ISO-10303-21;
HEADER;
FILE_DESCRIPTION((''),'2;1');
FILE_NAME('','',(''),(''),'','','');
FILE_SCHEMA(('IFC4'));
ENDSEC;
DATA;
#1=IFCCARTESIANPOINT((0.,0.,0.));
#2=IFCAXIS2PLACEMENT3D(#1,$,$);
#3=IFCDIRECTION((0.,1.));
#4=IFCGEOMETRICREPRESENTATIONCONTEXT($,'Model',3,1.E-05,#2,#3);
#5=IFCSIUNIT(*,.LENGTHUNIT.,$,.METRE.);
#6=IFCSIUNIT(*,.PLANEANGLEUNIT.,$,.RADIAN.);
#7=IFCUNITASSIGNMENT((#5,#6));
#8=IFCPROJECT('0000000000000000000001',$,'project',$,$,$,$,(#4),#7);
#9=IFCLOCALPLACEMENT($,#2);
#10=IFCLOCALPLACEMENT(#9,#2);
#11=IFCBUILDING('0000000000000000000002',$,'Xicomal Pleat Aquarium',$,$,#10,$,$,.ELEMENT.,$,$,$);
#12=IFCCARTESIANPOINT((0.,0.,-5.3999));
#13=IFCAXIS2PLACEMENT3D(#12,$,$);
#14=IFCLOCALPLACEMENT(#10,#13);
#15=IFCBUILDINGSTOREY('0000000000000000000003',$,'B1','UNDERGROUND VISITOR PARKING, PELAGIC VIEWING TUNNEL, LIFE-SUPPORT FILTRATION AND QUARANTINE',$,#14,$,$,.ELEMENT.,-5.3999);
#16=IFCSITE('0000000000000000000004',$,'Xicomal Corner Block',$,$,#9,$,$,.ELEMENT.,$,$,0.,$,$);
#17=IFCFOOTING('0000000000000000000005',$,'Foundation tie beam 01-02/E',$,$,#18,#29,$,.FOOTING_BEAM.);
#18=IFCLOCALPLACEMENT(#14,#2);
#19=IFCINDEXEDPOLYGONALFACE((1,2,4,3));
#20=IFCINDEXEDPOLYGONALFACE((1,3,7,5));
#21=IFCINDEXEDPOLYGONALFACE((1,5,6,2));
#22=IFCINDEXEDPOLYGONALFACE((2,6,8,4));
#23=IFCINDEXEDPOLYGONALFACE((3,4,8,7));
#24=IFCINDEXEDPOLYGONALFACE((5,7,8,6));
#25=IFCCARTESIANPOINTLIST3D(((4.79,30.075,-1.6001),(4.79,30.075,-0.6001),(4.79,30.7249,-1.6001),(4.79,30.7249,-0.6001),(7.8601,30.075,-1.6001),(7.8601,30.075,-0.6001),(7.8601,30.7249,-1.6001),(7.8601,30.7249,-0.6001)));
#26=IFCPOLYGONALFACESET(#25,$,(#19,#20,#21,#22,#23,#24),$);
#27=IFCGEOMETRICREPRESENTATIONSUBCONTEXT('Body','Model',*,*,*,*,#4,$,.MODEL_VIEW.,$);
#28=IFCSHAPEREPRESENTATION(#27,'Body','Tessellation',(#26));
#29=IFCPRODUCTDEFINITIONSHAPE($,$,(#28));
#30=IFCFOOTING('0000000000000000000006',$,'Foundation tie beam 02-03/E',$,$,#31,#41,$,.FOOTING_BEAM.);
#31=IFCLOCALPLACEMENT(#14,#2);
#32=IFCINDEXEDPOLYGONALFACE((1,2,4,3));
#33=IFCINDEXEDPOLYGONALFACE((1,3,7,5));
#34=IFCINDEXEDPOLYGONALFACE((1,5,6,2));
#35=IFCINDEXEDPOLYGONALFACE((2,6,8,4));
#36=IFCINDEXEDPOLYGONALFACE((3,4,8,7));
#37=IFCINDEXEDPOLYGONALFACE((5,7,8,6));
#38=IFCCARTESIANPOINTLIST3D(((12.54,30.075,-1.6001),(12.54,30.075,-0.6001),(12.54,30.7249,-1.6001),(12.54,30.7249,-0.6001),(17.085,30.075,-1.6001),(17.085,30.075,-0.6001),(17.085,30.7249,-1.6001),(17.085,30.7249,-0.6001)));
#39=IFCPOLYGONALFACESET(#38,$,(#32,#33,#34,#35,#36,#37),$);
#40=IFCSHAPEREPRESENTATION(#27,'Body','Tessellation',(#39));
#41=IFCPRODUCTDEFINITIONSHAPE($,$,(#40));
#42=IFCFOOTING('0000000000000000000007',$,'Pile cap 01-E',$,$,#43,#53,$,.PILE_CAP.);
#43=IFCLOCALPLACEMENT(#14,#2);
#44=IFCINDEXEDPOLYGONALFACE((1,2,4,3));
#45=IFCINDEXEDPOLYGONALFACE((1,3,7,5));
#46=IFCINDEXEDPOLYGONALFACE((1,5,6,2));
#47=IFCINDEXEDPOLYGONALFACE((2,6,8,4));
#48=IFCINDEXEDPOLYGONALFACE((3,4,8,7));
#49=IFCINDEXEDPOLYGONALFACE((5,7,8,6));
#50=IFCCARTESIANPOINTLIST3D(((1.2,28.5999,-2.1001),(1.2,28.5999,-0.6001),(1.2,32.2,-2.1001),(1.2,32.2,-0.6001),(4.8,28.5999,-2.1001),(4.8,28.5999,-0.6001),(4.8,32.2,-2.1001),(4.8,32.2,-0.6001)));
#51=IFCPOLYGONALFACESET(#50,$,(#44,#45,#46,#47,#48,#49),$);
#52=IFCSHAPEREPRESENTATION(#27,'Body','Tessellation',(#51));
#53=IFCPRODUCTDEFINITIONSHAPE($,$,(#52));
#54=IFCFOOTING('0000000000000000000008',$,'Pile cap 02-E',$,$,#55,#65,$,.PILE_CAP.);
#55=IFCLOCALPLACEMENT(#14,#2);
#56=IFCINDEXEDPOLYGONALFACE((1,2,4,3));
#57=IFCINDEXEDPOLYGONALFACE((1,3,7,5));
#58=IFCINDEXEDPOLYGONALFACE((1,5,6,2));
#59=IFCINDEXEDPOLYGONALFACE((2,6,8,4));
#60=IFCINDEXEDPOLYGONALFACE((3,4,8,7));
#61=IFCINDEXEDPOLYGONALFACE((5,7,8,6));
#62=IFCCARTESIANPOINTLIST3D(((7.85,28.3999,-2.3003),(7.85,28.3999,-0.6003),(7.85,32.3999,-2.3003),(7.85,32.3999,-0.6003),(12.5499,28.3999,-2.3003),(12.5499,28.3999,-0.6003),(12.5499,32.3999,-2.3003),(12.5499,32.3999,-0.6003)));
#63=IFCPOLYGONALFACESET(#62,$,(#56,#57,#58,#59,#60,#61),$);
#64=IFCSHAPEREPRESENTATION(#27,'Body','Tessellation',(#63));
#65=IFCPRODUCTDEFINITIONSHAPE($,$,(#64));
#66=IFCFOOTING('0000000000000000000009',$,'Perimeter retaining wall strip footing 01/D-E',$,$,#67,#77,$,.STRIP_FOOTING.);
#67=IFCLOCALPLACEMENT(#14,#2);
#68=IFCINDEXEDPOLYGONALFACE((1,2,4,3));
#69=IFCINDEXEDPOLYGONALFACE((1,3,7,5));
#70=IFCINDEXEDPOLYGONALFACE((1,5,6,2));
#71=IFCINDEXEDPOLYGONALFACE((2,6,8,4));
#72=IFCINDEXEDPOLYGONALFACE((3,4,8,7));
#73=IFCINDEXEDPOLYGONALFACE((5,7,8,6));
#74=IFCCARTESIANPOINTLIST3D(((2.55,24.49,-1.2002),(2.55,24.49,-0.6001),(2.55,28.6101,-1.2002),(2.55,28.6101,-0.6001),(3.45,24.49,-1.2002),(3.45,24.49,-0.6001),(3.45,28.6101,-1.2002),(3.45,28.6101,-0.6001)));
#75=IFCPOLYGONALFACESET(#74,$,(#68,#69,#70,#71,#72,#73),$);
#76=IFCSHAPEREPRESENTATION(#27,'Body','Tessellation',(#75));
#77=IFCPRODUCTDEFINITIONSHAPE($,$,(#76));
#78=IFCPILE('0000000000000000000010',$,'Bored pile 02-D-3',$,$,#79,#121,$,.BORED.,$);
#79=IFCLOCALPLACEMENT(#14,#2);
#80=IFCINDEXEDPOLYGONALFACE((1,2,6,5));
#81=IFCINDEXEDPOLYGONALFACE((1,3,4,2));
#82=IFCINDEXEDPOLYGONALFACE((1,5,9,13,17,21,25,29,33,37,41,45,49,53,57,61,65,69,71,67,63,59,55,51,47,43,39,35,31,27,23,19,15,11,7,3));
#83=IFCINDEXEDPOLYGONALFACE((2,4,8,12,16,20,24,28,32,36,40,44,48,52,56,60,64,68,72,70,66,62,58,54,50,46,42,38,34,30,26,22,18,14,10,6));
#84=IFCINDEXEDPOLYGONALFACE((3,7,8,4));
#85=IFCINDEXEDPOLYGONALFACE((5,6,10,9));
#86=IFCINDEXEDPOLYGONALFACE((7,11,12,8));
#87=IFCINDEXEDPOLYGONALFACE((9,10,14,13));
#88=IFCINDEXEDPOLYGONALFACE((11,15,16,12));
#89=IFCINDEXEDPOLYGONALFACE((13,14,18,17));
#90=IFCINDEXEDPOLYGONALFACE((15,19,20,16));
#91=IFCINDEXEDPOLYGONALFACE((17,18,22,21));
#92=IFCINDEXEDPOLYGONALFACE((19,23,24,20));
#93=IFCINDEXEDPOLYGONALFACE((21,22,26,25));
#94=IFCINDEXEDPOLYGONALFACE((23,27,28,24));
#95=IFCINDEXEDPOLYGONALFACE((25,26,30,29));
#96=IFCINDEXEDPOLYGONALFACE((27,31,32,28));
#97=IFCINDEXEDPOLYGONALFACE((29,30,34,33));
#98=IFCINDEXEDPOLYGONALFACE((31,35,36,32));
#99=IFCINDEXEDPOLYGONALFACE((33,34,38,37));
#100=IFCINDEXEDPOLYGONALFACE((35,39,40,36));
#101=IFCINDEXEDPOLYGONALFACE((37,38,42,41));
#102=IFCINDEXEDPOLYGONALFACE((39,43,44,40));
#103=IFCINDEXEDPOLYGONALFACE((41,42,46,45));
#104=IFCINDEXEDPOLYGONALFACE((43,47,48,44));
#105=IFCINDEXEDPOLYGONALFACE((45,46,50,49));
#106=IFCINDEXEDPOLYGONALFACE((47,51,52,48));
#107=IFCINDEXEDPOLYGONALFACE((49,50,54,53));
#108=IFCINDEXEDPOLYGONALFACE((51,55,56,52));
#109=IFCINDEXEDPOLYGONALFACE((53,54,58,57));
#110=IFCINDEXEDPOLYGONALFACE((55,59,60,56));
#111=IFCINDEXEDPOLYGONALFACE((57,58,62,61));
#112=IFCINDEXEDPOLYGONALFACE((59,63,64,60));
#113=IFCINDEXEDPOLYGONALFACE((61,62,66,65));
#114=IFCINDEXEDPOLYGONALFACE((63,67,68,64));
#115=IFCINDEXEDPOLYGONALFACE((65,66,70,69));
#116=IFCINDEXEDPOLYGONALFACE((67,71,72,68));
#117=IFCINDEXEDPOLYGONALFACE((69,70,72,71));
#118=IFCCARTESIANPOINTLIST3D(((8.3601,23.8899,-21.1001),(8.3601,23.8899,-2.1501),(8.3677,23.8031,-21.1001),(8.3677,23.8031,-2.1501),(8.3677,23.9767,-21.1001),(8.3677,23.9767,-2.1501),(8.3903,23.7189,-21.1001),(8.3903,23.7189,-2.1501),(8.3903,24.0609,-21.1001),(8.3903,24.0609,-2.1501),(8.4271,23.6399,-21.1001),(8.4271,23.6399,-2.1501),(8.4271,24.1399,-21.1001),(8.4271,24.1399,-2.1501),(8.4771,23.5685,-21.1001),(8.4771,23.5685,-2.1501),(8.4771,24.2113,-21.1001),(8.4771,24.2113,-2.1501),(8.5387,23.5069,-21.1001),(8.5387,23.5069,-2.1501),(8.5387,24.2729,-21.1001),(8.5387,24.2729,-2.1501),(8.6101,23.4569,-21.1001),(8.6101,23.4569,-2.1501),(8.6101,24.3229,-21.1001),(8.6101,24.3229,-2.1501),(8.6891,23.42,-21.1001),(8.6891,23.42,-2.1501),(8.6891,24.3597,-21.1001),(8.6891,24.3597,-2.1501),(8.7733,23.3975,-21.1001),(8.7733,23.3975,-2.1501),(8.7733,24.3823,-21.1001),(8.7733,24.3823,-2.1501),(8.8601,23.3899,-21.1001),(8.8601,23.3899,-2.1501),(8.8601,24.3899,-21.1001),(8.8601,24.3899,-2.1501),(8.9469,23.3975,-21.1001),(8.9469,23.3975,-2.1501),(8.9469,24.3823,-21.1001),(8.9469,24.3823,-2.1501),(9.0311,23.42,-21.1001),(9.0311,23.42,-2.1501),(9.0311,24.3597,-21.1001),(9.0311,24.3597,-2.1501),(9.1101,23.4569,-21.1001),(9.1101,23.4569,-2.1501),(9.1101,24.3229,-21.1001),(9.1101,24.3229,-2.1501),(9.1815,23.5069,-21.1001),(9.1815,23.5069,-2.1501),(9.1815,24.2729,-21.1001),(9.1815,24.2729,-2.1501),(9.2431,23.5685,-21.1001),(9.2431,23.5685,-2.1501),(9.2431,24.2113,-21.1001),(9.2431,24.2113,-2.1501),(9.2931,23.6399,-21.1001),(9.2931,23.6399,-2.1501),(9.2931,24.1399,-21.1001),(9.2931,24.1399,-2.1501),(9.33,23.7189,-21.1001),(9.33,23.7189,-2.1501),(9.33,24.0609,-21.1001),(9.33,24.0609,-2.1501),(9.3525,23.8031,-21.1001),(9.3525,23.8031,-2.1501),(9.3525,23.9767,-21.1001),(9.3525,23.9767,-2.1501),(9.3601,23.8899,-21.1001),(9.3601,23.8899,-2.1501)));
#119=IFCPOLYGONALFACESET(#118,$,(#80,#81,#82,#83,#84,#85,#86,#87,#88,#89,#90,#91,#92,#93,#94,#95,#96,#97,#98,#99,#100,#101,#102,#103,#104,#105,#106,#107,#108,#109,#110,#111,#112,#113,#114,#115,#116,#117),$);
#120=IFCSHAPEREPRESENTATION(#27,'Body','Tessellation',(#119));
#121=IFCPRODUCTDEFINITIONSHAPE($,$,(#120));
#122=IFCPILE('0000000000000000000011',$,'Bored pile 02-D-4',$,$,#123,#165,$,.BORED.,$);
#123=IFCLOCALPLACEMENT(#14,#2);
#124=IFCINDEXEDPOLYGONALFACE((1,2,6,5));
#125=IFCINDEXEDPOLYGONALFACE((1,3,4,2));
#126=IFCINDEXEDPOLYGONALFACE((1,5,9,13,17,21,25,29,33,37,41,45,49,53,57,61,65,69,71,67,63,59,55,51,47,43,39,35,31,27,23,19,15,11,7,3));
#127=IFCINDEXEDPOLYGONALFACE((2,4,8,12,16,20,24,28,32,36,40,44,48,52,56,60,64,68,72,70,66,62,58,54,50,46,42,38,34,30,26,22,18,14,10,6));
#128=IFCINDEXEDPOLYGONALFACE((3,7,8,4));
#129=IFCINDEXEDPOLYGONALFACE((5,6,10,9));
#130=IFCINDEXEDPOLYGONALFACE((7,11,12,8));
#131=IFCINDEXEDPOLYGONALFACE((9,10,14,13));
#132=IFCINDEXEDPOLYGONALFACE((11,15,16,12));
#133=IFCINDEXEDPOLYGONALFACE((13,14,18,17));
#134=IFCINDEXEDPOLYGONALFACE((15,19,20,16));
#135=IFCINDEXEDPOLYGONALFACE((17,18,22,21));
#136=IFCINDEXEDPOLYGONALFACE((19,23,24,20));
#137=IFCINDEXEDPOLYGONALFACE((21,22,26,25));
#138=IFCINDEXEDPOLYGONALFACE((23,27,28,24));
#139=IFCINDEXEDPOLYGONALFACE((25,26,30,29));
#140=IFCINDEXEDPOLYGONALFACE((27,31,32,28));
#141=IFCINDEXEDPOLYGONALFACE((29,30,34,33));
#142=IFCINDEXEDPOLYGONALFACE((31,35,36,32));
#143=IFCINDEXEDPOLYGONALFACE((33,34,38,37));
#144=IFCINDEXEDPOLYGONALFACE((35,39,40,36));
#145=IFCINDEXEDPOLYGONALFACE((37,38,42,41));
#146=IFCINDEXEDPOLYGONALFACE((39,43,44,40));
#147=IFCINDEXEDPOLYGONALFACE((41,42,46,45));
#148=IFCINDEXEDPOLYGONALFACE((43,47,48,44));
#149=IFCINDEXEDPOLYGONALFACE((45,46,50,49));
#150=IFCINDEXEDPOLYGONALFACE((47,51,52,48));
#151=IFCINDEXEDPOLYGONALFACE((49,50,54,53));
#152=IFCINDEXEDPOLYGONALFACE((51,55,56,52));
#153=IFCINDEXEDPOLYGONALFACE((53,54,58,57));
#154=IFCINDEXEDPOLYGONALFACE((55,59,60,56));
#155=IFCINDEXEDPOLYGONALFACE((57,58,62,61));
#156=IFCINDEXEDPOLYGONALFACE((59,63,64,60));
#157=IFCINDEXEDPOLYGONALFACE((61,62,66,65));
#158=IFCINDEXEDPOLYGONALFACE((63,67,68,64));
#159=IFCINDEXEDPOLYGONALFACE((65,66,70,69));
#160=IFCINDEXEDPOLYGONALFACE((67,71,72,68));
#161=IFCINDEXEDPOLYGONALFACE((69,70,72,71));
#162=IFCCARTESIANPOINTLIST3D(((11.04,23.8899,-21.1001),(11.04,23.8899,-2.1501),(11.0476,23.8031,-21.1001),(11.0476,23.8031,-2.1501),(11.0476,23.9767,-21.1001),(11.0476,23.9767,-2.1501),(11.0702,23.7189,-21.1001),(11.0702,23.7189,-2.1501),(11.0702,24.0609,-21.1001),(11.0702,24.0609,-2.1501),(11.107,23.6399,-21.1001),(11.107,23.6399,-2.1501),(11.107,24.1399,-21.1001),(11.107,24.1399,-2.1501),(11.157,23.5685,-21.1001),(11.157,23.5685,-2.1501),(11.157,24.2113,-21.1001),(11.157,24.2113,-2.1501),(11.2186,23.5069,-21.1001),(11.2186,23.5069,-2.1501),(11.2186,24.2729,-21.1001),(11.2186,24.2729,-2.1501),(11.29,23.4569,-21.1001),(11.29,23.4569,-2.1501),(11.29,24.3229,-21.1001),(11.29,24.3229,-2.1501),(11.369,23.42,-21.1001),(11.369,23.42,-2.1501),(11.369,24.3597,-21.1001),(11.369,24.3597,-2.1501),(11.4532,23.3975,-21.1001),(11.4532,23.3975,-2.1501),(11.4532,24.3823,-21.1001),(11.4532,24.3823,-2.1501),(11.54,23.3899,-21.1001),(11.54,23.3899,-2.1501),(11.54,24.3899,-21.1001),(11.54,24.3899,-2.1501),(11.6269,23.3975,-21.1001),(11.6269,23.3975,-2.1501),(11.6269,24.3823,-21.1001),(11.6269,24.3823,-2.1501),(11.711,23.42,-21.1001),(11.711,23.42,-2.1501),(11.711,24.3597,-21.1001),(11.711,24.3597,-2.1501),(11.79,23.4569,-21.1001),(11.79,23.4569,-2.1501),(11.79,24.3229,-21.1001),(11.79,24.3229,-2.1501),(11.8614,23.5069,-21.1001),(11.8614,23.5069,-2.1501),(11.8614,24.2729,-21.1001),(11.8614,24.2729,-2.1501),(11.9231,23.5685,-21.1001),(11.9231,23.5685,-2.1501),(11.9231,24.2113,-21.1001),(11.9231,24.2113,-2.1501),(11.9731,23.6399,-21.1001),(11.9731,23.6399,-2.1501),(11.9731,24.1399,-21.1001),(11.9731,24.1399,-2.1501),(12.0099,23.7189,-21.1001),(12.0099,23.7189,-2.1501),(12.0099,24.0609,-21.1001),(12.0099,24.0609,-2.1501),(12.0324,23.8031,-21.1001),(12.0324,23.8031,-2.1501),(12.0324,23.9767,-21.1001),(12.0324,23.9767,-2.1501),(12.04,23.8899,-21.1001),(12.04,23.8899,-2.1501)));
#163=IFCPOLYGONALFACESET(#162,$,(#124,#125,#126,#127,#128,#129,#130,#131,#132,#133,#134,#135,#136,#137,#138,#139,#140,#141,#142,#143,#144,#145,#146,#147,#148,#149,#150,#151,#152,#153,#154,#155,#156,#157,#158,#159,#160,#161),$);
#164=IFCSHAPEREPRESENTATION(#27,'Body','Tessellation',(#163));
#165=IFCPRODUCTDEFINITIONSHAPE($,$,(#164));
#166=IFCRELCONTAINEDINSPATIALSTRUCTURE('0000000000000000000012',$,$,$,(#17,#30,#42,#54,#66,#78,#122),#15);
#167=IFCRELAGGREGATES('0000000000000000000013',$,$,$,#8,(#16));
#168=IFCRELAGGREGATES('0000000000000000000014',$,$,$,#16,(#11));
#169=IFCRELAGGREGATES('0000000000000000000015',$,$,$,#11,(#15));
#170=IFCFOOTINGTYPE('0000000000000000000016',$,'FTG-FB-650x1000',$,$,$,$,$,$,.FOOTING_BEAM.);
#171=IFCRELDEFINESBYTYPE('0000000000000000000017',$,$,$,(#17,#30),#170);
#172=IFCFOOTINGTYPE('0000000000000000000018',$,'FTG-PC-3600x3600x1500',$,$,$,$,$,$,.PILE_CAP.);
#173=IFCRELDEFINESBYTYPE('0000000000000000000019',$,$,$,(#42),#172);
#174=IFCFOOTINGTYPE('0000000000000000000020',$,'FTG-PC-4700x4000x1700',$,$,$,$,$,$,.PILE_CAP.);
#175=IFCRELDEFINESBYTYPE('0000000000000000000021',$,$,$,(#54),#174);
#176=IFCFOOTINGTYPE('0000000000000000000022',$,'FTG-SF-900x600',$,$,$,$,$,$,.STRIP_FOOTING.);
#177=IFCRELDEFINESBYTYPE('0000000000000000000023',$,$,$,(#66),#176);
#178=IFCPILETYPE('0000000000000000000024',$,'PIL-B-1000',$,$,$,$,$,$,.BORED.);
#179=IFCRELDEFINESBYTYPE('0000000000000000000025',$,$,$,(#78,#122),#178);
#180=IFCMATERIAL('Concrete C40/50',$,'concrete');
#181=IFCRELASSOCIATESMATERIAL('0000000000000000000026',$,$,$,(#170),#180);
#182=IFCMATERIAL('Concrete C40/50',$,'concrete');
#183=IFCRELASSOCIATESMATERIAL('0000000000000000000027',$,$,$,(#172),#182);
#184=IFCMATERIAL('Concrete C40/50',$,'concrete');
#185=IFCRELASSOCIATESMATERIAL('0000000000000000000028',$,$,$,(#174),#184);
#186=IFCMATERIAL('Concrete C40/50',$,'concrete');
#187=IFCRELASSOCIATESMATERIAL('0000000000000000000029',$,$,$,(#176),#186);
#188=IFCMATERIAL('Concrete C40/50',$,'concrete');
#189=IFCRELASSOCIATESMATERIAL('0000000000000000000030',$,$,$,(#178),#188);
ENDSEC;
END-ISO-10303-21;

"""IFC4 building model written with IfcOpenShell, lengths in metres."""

from ifc_helpers import new_model, si_unit, direction, frame, origin, origin_2d, place, context, subcontext, project, spatial, rectangle, circle, extrude, material, material_profile, profile_set, type_object, element, save


model = new_model("IFC4")

# Units and contexts
model_context = context("Model", 3, precision=1e-05, world=origin(), true_north=direction((0.0, 1.0)))
body_context = subcontext(model_context, "Body", "Model", "MODEL_VIEW")
ifc_project = project(units=[si_unit("LENGTHUNIT", "METRE"), si_unit("PLANEANGLEUNIT", "RADIAN")], contexts=[model_context])

# Site, building, storey
site_placement = place(None, origin())
site = spatial("IfcSite", under=ifc_project, at=site_placement, Name="Xicomal Corner Block", CompositionType="ELEMENT", RefElevation=0.0)
building_placement = place(site_placement, origin())
building = spatial("IfcBuilding", under=site, at=building_placement, Name="Xicomal Pleat Aquarium", CompositionType="ELEMENT")
storey_placement = place(building_placement, frame((0.0, 0.0, -5.3999)))
storey = spatial("IfcBuildingStorey", under=building, at=storey_placement, Name="B1", Description="UNDERGROUND VISITOR PARKING, PELAGIC VIEWING TUNNEL, LIFE-SUPPORT FILTRATION AND QUARANTINE", CompositionType="ELEMENT", Elevation=-5.3999)

# Footings
ifc_material_1 = material(Name="Concrete C40/50", Category="concrete")
ifc_material_profile_1 = material_profile(ifc_material_1, rectangle(XDim=0.6499, YDim=1.0, at=origin_2d()), Name="FB-03 650x1000")
ifc_profile_set_1 = profile_set([ifc_material_profile_1], Name="Concrete C40/50")
footing_type_1 = type_object("IfcFootingType", Name="FTG-FB-650x1000", PredefinedType="FOOTING_BEAM", material=ifc_profile_set_1)
footing_1_placement = place(storey_placement, frame((4.79, 30.3999, -1.1001), z_axis=(1.0, 0.0, 0.0), x_axis=(0.0, 1.0, 0.0)))
element("IfcFooting", 1, at=footing_1_placement, inside=storey, type_object=footing_type_1, Name="Foundation tie beam 01-02/E", PredefinedType="FOOTING_BEAM", context=body_context, shape_type="SweptSolid", body=[
    extrude(rectangle(XDim=0.6499, YDim=1.0, at=origin_2d()), origin(), (0.0, 0.0, 1.0), 3.0701),
])
footing_2_placement = place(storey_placement, frame((12.54, 30.3999, -1.1001), z_axis=(1.0, 0.0, 0.0), x_axis=(0.0, 1.0, 0.0)))
element("IfcFooting", 2, at=footing_2_placement, inside=storey, type_object=footing_type_1, Name="Foundation tie beam 02-03/E", PredefinedType="FOOTING_BEAM", context=body_context, shape_type="SweptSolid", body=[
    extrude(rectangle(XDim=0.6499, YDim=1.0, at=origin_2d()), origin(), (0.0, 0.0, 1.0), 4.5449),
])
ifc_material_2 = material(Name="Concrete C40/50", Category="concrete")
footing_type_2 = type_object("IfcFootingType", Name="FTG-PC-3600x3600x1500", PredefinedType="PILE_CAP", material=ifc_material_2)
footing_3_placement = place(storey_placement, frame((3.0, 30.3999, -2.1001), z_axis=(0.0, 0.0, 1.0), x_axis=(1.0, 0.0, 0.0)))
element("IfcFooting", 3, at=footing_3_placement, inside=storey, type_object=footing_type_2, Name="Pile cap 01-E", PredefinedType="PILE_CAP", context=body_context, shape_type="SweptSolid", body=[
    extrude(rectangle(XDim=3.6001, YDim=3.6001, at=origin_2d()), origin(), (0.0, 0.0, 1.0), 1.5),
])
ifc_material_3 = material(Name="Concrete C40/50", Category="concrete")
footing_type_3 = type_object("IfcFootingType", Name="FTG-PC-4700x4000x1700", PredefinedType="PILE_CAP", material=ifc_material_3)
footing_4_placement = place(storey_placement, frame((10.2, 30.3999, -2.3003), z_axis=(0.0, 0.0, 1.0), x_axis=(1.0, 0.0, 0.0)))
element("IfcFooting", 4, at=footing_4_placement, inside=storey, type_object=footing_type_3, Name="Pile cap 02-E", PredefinedType="PILE_CAP", context=body_context, shape_type="SweptSolid", body=[
    extrude(rectangle(XDim=4.7, YDim=4.0, at=origin_2d()), origin(), (0.0, 0.0, 1.0), 1.7),
])
ifc_material_4 = material(Name="Concrete C40/50", Category="concrete")
ifc_material_profile_2 = material_profile(ifc_material_4, rectangle(XDim=0.8999, YDim=0.6001, at=origin_2d()), Name="SF-01 900x600")
ifc_profile_set_2 = profile_set([ifc_material_profile_2], Name="Concrete C40/50")
footing_type_4 = type_object("IfcFootingType", Name="FTG-SF-900x600", PredefinedType="STRIP_FOOTING", material=ifc_profile_set_2)
footing_5_placement = place(storey_placement, frame((3.0, 24.49, -0.9001), z_axis=(0.0, 1.0, 0.0), x_axis=(-1.0, 0.0, 0.0)))
element("IfcFooting", 5, at=footing_5_placement, inside=storey, type_object=footing_type_4, Name="Perimeter retaining wall strip footing 01/D-E", PredefinedType="STRIP_FOOTING", context=body_context, shape_type="SweptSolid", body=[
    extrude(rectangle(XDim=0.8999, YDim=0.6001, at=origin_2d()), origin(), (0.0, 0.0, 1.0), 4.1201),
])

# Piles
ifc_material_5 = material(Name="Concrete C40/50", Category="concrete")
ifc_material_profile_3 = material_profile(ifc_material_5, circle(Radius=0.5, at=origin_2d()), Name="BORED PILE D1000")
ifc_profile_set_3 = profile_set([ifc_material_profile_3], Name="Concrete C40/50")
pile_type_1 = type_object("IfcPileType", Name="PIL-B-1000", PredefinedType="BORED", material=ifc_profile_set_3)
for number, where, z_axis, x_axis, name in (
    (6, (8.8601, 23.8899, -2.1501), (0.0, 0.0, -1.0), (1.0, 0.0, 0.0), "Bored pile 02-D-3"),
    (7, (11.54, 23.8899, -2.1501), (0.0, 0.0, -1.0), (1.0, 0.0, 0.0), "Bored pile 02-D-4"),
):
    element("IfcPile", number, at=place(storey_placement, frame(where, z_axis=z_axis, x_axis=x_axis)), inside=storey, type_object=pile_type_1, Name=name, PredefinedType="BORED", context=body_context, shape_type="SweptSolid", body=[
        extrude(circle(Radius=0.5, at=origin_2d()), origin(), (0.0, 0.0, 1.0), 18.95),
    ])

save(model, "model.ifc")
